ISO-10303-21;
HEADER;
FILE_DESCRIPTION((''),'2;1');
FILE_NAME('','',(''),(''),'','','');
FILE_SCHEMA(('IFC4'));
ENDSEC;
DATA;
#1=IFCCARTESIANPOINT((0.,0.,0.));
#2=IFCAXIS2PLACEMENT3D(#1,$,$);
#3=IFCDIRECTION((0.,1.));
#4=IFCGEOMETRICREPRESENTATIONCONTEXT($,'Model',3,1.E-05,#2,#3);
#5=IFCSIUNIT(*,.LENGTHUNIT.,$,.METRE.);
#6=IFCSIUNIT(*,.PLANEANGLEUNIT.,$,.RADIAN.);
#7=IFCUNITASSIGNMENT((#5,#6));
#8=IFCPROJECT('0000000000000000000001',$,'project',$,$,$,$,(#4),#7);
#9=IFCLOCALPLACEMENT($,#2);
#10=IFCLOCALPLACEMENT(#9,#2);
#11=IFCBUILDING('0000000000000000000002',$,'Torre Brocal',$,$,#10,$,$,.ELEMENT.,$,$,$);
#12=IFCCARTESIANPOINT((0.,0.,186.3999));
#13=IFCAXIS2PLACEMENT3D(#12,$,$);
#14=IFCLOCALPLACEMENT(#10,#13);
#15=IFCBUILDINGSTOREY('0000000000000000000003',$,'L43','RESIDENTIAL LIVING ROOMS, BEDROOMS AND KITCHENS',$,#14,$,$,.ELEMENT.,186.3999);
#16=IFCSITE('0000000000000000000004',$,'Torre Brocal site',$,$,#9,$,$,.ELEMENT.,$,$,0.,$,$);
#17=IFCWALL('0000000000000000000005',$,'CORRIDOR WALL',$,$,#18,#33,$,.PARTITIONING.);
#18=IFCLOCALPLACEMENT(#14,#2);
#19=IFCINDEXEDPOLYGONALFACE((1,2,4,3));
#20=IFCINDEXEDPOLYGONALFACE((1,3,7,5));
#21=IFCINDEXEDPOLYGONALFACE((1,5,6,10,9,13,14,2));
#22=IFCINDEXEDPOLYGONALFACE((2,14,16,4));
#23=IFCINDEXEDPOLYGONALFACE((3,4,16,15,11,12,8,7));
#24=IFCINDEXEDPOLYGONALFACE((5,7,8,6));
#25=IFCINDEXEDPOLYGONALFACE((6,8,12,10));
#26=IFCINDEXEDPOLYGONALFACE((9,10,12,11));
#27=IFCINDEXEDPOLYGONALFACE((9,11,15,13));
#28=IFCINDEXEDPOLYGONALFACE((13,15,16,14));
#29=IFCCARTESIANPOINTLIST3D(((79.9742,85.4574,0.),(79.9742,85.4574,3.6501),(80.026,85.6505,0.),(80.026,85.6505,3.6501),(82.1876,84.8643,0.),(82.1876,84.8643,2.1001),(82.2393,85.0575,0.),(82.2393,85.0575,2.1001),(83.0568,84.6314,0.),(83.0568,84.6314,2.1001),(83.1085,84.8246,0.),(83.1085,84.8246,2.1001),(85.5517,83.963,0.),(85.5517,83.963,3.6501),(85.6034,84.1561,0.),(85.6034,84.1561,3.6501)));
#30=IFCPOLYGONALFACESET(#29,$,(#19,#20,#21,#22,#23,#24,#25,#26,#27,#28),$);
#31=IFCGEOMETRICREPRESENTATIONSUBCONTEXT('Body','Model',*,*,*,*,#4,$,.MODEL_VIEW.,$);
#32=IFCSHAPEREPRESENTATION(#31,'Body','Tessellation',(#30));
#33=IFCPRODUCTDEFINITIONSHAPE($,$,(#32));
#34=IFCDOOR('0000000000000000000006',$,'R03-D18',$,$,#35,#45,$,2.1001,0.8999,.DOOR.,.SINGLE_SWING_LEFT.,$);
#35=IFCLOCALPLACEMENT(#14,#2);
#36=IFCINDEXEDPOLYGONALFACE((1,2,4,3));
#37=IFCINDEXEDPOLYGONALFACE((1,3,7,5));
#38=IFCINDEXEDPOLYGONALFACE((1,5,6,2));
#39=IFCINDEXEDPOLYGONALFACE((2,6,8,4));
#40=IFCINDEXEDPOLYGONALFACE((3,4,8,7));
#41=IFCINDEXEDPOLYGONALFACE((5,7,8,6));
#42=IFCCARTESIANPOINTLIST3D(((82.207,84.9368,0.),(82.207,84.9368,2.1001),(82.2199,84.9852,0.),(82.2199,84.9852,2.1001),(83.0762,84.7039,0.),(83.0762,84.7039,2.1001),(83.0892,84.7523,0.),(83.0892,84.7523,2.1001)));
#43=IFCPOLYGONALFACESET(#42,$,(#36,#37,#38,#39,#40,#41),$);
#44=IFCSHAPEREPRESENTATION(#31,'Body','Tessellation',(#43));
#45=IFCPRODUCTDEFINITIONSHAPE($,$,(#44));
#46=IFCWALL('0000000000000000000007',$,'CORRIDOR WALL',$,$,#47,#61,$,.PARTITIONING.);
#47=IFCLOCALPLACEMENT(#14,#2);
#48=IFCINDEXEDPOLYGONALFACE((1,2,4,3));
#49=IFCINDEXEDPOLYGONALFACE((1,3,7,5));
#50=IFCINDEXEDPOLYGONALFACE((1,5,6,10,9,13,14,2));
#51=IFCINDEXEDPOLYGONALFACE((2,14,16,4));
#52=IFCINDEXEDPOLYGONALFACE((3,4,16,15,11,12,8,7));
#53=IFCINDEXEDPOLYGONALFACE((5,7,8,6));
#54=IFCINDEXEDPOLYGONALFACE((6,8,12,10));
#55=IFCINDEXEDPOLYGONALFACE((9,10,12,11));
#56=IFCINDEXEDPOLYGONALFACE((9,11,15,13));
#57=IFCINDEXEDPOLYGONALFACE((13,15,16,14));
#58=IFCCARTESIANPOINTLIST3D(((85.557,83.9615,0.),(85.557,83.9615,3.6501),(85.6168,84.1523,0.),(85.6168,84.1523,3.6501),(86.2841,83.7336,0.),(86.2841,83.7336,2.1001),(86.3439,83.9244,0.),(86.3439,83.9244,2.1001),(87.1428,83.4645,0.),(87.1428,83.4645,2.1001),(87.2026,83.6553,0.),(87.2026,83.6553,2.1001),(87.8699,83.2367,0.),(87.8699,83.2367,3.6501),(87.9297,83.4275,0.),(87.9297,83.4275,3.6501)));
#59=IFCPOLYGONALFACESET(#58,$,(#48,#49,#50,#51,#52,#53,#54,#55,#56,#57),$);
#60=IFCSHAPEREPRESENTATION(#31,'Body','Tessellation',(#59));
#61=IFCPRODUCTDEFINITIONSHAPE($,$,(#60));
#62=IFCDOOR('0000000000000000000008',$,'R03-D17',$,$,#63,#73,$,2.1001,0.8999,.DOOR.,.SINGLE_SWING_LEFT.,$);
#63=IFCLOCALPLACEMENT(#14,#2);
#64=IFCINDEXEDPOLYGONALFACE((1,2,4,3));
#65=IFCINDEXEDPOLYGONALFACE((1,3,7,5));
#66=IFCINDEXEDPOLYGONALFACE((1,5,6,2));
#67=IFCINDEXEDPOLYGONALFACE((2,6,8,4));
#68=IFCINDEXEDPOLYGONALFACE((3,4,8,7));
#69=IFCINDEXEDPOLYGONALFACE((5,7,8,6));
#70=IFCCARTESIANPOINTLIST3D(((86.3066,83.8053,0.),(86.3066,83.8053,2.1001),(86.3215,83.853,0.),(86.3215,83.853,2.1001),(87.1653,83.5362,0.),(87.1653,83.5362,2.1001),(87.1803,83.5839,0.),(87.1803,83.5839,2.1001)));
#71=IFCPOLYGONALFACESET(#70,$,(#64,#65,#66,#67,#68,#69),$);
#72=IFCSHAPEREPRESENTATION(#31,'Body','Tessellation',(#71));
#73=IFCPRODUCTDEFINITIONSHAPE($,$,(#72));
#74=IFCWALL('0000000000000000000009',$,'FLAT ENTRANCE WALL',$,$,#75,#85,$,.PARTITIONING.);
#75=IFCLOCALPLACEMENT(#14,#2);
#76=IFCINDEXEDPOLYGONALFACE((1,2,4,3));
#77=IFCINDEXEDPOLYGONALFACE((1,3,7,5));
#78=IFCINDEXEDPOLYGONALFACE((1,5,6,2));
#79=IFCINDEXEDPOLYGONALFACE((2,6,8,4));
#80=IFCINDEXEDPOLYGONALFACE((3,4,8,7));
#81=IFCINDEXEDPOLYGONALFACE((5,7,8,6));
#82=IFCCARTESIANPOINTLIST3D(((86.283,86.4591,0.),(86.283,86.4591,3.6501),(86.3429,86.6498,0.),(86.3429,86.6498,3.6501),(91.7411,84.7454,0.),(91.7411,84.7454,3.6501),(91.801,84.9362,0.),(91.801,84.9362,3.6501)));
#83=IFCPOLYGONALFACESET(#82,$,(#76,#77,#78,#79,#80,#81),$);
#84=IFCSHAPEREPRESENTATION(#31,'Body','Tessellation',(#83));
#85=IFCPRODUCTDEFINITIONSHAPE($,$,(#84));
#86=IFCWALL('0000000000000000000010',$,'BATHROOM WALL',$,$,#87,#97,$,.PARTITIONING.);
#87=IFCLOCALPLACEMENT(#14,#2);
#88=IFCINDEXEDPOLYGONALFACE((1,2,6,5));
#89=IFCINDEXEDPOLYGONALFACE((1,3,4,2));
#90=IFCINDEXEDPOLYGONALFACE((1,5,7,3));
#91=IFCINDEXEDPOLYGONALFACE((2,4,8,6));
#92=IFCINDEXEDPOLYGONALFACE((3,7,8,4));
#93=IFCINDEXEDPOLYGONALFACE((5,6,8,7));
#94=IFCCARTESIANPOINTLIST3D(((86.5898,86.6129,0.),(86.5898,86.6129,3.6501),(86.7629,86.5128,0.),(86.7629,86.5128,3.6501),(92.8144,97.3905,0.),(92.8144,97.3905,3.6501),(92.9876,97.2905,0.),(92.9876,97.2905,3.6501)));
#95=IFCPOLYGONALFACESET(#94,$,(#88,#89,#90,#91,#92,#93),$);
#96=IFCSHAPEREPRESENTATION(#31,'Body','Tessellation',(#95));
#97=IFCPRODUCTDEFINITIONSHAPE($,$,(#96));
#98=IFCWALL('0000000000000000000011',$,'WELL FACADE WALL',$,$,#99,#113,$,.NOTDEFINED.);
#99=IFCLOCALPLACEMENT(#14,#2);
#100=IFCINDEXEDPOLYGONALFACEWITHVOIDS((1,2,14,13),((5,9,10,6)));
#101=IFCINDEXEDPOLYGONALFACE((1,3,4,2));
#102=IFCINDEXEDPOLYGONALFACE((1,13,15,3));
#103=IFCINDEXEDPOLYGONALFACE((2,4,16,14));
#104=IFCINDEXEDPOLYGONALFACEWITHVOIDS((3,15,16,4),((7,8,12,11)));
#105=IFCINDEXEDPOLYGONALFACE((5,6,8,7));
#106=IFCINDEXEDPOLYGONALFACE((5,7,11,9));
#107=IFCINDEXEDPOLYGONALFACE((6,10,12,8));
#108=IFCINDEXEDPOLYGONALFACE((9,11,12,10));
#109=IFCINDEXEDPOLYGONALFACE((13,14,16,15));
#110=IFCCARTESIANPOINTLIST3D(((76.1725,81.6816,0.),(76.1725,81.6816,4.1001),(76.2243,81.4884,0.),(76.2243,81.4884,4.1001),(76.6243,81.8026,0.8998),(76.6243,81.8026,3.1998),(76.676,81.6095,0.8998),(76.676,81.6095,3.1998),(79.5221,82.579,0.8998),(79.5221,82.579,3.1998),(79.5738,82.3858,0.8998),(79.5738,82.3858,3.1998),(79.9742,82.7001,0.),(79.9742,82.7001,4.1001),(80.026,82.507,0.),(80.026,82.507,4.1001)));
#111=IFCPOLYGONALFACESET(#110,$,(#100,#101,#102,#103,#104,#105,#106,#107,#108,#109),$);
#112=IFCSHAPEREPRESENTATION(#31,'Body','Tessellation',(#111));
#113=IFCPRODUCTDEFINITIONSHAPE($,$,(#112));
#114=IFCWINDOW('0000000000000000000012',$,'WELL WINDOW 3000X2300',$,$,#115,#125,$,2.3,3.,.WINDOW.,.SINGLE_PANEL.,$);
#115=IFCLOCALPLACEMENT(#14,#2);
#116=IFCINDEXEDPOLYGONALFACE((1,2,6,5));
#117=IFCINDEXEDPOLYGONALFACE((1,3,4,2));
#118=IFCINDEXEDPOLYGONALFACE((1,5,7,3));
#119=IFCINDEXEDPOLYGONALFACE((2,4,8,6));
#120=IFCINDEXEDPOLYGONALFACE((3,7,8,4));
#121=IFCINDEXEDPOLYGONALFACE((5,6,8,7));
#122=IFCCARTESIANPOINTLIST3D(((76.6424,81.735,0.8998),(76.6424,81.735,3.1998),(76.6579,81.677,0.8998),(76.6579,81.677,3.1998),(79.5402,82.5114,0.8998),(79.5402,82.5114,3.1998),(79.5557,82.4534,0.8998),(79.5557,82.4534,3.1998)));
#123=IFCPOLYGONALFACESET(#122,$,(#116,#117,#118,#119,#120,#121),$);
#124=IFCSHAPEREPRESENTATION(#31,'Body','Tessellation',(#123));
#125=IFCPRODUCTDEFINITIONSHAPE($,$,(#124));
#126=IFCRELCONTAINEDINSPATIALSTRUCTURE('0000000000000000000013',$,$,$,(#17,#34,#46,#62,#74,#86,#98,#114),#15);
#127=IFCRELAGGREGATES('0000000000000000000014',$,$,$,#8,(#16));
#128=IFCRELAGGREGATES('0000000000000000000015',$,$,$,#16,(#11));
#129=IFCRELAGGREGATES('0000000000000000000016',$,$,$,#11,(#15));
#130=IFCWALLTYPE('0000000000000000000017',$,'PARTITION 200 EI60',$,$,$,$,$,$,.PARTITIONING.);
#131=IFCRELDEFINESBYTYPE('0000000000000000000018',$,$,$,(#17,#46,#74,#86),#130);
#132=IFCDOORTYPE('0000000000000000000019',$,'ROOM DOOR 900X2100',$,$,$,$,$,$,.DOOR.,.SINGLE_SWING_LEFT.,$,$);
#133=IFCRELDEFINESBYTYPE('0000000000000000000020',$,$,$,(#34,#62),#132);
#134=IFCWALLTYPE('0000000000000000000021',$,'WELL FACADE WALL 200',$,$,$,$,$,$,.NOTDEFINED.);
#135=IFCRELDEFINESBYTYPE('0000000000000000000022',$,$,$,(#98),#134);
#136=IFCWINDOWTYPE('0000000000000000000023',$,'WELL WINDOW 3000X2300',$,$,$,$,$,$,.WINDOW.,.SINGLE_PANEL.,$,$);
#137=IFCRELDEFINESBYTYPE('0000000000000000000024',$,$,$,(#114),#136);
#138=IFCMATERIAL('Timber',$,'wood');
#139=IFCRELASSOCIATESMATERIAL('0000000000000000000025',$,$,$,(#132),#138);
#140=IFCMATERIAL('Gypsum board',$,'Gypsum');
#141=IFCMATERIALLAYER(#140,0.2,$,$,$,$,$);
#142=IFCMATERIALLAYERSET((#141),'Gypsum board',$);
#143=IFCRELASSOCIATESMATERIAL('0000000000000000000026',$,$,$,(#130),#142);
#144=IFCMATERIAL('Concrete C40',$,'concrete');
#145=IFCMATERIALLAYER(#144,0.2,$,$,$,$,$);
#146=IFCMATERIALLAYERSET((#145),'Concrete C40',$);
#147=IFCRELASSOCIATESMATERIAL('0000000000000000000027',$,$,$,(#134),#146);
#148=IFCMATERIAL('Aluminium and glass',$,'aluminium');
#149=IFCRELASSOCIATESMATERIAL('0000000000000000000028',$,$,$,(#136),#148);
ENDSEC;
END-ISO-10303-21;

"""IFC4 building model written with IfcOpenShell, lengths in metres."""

from ifc_helpers import new_model, si_unit, direction, frame, frame_2d, origin, place, context, subcontext, project, spatial, rectangle, extrude, material, layer, layer_set, type_object, element, fill, save


model = new_model("IFC4")

# Units and contexts
model_context = context("Model", 3, precision=1e-05, world=origin(), true_north=direction((0.0, 1.0)))
body_context = subcontext(model_context, "Body", "Model", "MODEL_VIEW")
ifc_project = project(units=[si_unit("LENGTHUNIT", "METRE"), si_unit("PLANEANGLEUNIT", "RADIAN")], contexts=[model_context])

# Site, building, storey
site_placement = place(None, origin())
site = spatial("IfcSite", under=ifc_project, at=site_placement, Name="Torre Brocal site", CompositionType="ELEMENT", RefElevation=0.0)
building_placement = place(site_placement, origin())
building = spatial("IfcBuilding", under=site, at=building_placement, Name="Torre Brocal", CompositionType="ELEMENT")
storey_placement = place(building_placement, frame((0.0, 0.0, 186.3999)))
storey = spatial("IfcBuildingStorey", under=building, at=storey_placement, Name="L43", Description="RESIDENTIAL LIVING ROOMS, BEDROOMS AND KITCHENS", CompositionType="ELEMENT", Elevation=186.3999)

# Shared definitions
ifc_material_1 = material(Name="Timber", Category="wood")
door_type_1 = type_object("IfcDoorType", Name="ROOM DOOR 900X2100", OperationType="SINGLE_SWING_LEFT", PredefinedType="DOOR", material=ifc_material_1)

# Shared definitions
ifc_material_2 = material(Name="Gypsum board", Category="Gypsum")
ifc_layer_1 = layer(ifc_material_2, 0.2)
ifc_layer_set_1 = layer_set([ifc_layer_1], Name="Gypsum board")
wall_type_1 = type_object("IfcWallType", Name="PARTITION 200 EI60", PredefinedType="PARTITIONING", material=ifc_layer_set_1)

# Walls, openings, doors
wall_1_placement = place(storey_placement, frame((80.0, 85.554, 0.0), z_axis=(0.0, 0.0, 1.0), x_axis=(0.965929, -0.258807, 0.0)))
wall_1 = element("IfcWall", 1, at=wall_1_placement, inside=storey, type_object=wall_type_1, Name="CORRIDOR WALL", PredefinedType="PARTITIONING", context=body_context, shape_type="SweptSolid", body=[
    extrude(rectangle(XDim=5.7742, YDim=0.2, at=frame_2d((2.8872, 0.0))), origin(), (0.0, 0.0, 1.0), 3.6501),
])
opening_1_placement = place(wall_1_placement, frame((2.2915, 0.0, 0.0)))
opening_1 = element("IfcOpeningElement", 2, at=opening_1_placement, cuts=wall_1, PredefinedType="OPENING", context=body_context, shape_type="SweptSolid", body=[
    extrude(rectangle(XDim=0.8999, YDim=2.1001, at=frame_2d((0.45, 1.05))), frame((0.0, 0.1099, 0.0), z_axis=(0.0, -1.0, 0.0), x_axis=(1.0, 0.0, 0.0)), (0.0, 0.0, 1.0), 0.22),
])
door_1_placement = place(opening_1_placement, frame((0.8999, 0.0, 0.0), z_axis=(0.0, 0.0, 1.0), x_axis=(-1.0, 0.0, 0.0)))
door_1 = element("IfcDoor", 3, at=door_1_placement, inside=storey, type_object=door_type_1, Name="R03-D18", OperationType="SINGLE_SWING_LEFT", OverallHeight=2.1001, OverallWidth=0.8999, PredefinedType="DOOR", context=body_context, shape_type="SweptSolid", body=[
    extrude(rectangle(XDim=0.8999, YDim=2.1001, at=frame_2d((0.45, 1.05))), frame((0.0, 0.0249, 0.0), z_axis=(0.0, -1.0, 0.0), x_axis=(1.0, 0.0, 0.0)), (0.0, 0.0, 1.0), 0.05),
])
fill(opening_1, door_1)
wall_2_placement = place(storey_placement, frame((85.5869, 84.0569, 0.0), z_axis=(0.0, 0.0, 1.0), x_axis=(0.95424, -0.299043, 0.0)))
wall_2 = element("IfcWall", 4, at=wall_2_placement, inside=storey, type_object=wall_type_1, Name="CORRIDOR WALL", PredefinedType="PARTITIONING", context=body_context, shape_type="SweptSolid", body=[
    extrude(rectangle(XDim=2.4238, YDim=0.2, at=frame_2d((1.2119, 0.0))), origin(), (0.0, 0.0, 1.0), 3.6501),
])
opening_2_placement = place(wall_2_placement, frame((0.762, 0.0, 0.0)))
opening_2 = element("IfcOpeningElement", 5, at=opening_2_placement, cuts=wall_2, PredefinedType="OPENING", context=body_context, shape_type="SweptSolid", body=[
    extrude(rectangle(XDim=0.8999, YDim=2.1001, at=frame_2d((0.45, 1.05))), frame((0.0, 0.1099, 0.0), z_axis=(0.0, -1.0, 0.0), x_axis=(1.0, 0.0, 0.0)), (0.0, 0.0, 1.0), 0.22),
])
door_2_placement = place(opening_2_placement, frame((0.8999, 0.0, 0.0), z_axis=(0.0, 0.0, 1.0), x_axis=(-1.0, 0.0, 0.0)))
door_2 = element("IfcDoor", 6, at=door_2_placement, inside=storey, type_object=door_type_1, Name="R03-D17", OperationType="SINGLE_SWING_LEFT", OverallHeight=2.1001, OverallWidth=0.8999, PredefinedType="DOOR", context=body_context, shape_type="SweptSolid", body=[
    extrude(rectangle(XDim=0.8999, YDim=2.1001, at=frame_2d((0.45, 1.05))), frame((0.0, 0.0249, 0.0), z_axis=(0.0, -1.0, 0.0), x_axis=(1.0, 0.0, 0.0)), (0.0, 0.0, 1.0), 0.05),
])
fill(opening_2, door_2)

# Walls
wall_3_placement = place(storey_placement, frame((86.313, 86.5544, 0.0), z_axis=(0.0, 0.0, 1.0), x_axis=(0.954081, -0.299548, 0.0)))
element("IfcWall", 7, at=wall_3_placement, inside=storey, type_object=wall_type_1, Name="FLAT ENTRANCE WALL", PredefinedType="PARTITIONING", context=body_context, shape_type="SweptSolid", body=[
    extrude(rectangle(XDim=5.7207, YDim=0.2, at=frame_2d((2.8604, 0.0))), origin(), (0.0, 0.0, 1.0), 3.6501),
])
wall_4_placement = place(storey_placement, frame((86.6763, 86.5627, 0.0), z_axis=(0.0, 0.0, 1.0), x_axis=(0.500131, 0.86595, 0.0)))
element("IfcWall", 8, at=wall_4_placement, inside=storey, type_object=wall_type_1, Name="BATHROOM WALL", PredefinedType="PARTITIONING", context=body_context, shape_type="SweptSolid", body=[
    extrude(rectangle(XDim=12.446, YDim=0.2, at=frame_2d((6.2231, 0.0))), origin(), (0.0, 0.0, 1.0), 3.6501),
])

# Wall, opening, window
ifc_material_3 = material(Name="Concrete C40", Category="concrete")
ifc_layer_2 = layer(ifc_material_3, 0.2)
ifc_layer_set_2 = layer_set([ifc_layer_2], Name="Concrete C40")
wall_type_2 = type_object("IfcWallType", Name="WELL FACADE WALL 200", PredefinedType="NOTDEFINED", material=ifc_layer_set_2)
wall_5_placement = place(storey_placement, frame((80.0, 82.6035, 0.0), z_axis=(0.0, 0.0, 1.0), x_axis=(-0.965934, -0.25879, 0.0)))
wall_5 = element("IfcWall", 9, at=wall_5_placement, inside=storey, type_object=wall_type_2, Name="WELL FACADE WALL", PredefinedType="NOTDEFINED", context=body_context, shape_type="SweptSolid", body=[
    extrude(rectangle(XDim=3.9358, YDim=0.2, at=frame_2d((1.9678, 0.0))), origin(), (0.0, 0.0, 1.0), 4.1001),
])
opening_3_placement = place(wall_5_placement, frame((0.468, 0.0, 0.8999)))
opening_3 = element("IfcOpeningElement", 10, at=opening_3_placement, cuts=wall_5, PredefinedType="OPENING", context=body_context, shape_type="SweptSolid", body=[
    extrude(rectangle(XDim=3.0, YDim=2.3, at=frame_2d((1.5, 1.1499))), frame((0.0, 0.1099, 0.0), z_axis=(0.0, -1.0, 0.0), x_axis=(1.0, 0.0, 0.0)), (0.0, 0.0, 1.0), 0.22),
])
ifc_material_4 = material(Name="Aluminium and glass", Category="aluminium")
window_type = type_object("IfcWindowType", Name="WELL WINDOW 3000X2300", PartitioningType="SINGLE_PANEL", PredefinedType="WINDOW", material=ifc_material_4)
window_placement = place(opening_3_placement, origin())
window = element("IfcWindow", 11, at=window_placement, inside=storey, type_object=window_type, Name="WELL WINDOW 3000X2300", OverallHeight=2.3, OverallWidth=3.0, PartitioningType="SINGLE_PANEL", PredefinedType="WINDOW", context=body_context, shape_type="SweptSolid", body=[
    extrude(rectangle(XDim=3.0, YDim=2.3, at=frame_2d((1.5, 1.1499))), frame((0.0, 0.03, 0.0), z_axis=(0.0, -1.0, 0.0), x_axis=(1.0, 0.0, 0.0)), (0.0, 0.0, 1.0), 0.0601),
])
fill(opening_3, window)

save(model, "model.ifc")
